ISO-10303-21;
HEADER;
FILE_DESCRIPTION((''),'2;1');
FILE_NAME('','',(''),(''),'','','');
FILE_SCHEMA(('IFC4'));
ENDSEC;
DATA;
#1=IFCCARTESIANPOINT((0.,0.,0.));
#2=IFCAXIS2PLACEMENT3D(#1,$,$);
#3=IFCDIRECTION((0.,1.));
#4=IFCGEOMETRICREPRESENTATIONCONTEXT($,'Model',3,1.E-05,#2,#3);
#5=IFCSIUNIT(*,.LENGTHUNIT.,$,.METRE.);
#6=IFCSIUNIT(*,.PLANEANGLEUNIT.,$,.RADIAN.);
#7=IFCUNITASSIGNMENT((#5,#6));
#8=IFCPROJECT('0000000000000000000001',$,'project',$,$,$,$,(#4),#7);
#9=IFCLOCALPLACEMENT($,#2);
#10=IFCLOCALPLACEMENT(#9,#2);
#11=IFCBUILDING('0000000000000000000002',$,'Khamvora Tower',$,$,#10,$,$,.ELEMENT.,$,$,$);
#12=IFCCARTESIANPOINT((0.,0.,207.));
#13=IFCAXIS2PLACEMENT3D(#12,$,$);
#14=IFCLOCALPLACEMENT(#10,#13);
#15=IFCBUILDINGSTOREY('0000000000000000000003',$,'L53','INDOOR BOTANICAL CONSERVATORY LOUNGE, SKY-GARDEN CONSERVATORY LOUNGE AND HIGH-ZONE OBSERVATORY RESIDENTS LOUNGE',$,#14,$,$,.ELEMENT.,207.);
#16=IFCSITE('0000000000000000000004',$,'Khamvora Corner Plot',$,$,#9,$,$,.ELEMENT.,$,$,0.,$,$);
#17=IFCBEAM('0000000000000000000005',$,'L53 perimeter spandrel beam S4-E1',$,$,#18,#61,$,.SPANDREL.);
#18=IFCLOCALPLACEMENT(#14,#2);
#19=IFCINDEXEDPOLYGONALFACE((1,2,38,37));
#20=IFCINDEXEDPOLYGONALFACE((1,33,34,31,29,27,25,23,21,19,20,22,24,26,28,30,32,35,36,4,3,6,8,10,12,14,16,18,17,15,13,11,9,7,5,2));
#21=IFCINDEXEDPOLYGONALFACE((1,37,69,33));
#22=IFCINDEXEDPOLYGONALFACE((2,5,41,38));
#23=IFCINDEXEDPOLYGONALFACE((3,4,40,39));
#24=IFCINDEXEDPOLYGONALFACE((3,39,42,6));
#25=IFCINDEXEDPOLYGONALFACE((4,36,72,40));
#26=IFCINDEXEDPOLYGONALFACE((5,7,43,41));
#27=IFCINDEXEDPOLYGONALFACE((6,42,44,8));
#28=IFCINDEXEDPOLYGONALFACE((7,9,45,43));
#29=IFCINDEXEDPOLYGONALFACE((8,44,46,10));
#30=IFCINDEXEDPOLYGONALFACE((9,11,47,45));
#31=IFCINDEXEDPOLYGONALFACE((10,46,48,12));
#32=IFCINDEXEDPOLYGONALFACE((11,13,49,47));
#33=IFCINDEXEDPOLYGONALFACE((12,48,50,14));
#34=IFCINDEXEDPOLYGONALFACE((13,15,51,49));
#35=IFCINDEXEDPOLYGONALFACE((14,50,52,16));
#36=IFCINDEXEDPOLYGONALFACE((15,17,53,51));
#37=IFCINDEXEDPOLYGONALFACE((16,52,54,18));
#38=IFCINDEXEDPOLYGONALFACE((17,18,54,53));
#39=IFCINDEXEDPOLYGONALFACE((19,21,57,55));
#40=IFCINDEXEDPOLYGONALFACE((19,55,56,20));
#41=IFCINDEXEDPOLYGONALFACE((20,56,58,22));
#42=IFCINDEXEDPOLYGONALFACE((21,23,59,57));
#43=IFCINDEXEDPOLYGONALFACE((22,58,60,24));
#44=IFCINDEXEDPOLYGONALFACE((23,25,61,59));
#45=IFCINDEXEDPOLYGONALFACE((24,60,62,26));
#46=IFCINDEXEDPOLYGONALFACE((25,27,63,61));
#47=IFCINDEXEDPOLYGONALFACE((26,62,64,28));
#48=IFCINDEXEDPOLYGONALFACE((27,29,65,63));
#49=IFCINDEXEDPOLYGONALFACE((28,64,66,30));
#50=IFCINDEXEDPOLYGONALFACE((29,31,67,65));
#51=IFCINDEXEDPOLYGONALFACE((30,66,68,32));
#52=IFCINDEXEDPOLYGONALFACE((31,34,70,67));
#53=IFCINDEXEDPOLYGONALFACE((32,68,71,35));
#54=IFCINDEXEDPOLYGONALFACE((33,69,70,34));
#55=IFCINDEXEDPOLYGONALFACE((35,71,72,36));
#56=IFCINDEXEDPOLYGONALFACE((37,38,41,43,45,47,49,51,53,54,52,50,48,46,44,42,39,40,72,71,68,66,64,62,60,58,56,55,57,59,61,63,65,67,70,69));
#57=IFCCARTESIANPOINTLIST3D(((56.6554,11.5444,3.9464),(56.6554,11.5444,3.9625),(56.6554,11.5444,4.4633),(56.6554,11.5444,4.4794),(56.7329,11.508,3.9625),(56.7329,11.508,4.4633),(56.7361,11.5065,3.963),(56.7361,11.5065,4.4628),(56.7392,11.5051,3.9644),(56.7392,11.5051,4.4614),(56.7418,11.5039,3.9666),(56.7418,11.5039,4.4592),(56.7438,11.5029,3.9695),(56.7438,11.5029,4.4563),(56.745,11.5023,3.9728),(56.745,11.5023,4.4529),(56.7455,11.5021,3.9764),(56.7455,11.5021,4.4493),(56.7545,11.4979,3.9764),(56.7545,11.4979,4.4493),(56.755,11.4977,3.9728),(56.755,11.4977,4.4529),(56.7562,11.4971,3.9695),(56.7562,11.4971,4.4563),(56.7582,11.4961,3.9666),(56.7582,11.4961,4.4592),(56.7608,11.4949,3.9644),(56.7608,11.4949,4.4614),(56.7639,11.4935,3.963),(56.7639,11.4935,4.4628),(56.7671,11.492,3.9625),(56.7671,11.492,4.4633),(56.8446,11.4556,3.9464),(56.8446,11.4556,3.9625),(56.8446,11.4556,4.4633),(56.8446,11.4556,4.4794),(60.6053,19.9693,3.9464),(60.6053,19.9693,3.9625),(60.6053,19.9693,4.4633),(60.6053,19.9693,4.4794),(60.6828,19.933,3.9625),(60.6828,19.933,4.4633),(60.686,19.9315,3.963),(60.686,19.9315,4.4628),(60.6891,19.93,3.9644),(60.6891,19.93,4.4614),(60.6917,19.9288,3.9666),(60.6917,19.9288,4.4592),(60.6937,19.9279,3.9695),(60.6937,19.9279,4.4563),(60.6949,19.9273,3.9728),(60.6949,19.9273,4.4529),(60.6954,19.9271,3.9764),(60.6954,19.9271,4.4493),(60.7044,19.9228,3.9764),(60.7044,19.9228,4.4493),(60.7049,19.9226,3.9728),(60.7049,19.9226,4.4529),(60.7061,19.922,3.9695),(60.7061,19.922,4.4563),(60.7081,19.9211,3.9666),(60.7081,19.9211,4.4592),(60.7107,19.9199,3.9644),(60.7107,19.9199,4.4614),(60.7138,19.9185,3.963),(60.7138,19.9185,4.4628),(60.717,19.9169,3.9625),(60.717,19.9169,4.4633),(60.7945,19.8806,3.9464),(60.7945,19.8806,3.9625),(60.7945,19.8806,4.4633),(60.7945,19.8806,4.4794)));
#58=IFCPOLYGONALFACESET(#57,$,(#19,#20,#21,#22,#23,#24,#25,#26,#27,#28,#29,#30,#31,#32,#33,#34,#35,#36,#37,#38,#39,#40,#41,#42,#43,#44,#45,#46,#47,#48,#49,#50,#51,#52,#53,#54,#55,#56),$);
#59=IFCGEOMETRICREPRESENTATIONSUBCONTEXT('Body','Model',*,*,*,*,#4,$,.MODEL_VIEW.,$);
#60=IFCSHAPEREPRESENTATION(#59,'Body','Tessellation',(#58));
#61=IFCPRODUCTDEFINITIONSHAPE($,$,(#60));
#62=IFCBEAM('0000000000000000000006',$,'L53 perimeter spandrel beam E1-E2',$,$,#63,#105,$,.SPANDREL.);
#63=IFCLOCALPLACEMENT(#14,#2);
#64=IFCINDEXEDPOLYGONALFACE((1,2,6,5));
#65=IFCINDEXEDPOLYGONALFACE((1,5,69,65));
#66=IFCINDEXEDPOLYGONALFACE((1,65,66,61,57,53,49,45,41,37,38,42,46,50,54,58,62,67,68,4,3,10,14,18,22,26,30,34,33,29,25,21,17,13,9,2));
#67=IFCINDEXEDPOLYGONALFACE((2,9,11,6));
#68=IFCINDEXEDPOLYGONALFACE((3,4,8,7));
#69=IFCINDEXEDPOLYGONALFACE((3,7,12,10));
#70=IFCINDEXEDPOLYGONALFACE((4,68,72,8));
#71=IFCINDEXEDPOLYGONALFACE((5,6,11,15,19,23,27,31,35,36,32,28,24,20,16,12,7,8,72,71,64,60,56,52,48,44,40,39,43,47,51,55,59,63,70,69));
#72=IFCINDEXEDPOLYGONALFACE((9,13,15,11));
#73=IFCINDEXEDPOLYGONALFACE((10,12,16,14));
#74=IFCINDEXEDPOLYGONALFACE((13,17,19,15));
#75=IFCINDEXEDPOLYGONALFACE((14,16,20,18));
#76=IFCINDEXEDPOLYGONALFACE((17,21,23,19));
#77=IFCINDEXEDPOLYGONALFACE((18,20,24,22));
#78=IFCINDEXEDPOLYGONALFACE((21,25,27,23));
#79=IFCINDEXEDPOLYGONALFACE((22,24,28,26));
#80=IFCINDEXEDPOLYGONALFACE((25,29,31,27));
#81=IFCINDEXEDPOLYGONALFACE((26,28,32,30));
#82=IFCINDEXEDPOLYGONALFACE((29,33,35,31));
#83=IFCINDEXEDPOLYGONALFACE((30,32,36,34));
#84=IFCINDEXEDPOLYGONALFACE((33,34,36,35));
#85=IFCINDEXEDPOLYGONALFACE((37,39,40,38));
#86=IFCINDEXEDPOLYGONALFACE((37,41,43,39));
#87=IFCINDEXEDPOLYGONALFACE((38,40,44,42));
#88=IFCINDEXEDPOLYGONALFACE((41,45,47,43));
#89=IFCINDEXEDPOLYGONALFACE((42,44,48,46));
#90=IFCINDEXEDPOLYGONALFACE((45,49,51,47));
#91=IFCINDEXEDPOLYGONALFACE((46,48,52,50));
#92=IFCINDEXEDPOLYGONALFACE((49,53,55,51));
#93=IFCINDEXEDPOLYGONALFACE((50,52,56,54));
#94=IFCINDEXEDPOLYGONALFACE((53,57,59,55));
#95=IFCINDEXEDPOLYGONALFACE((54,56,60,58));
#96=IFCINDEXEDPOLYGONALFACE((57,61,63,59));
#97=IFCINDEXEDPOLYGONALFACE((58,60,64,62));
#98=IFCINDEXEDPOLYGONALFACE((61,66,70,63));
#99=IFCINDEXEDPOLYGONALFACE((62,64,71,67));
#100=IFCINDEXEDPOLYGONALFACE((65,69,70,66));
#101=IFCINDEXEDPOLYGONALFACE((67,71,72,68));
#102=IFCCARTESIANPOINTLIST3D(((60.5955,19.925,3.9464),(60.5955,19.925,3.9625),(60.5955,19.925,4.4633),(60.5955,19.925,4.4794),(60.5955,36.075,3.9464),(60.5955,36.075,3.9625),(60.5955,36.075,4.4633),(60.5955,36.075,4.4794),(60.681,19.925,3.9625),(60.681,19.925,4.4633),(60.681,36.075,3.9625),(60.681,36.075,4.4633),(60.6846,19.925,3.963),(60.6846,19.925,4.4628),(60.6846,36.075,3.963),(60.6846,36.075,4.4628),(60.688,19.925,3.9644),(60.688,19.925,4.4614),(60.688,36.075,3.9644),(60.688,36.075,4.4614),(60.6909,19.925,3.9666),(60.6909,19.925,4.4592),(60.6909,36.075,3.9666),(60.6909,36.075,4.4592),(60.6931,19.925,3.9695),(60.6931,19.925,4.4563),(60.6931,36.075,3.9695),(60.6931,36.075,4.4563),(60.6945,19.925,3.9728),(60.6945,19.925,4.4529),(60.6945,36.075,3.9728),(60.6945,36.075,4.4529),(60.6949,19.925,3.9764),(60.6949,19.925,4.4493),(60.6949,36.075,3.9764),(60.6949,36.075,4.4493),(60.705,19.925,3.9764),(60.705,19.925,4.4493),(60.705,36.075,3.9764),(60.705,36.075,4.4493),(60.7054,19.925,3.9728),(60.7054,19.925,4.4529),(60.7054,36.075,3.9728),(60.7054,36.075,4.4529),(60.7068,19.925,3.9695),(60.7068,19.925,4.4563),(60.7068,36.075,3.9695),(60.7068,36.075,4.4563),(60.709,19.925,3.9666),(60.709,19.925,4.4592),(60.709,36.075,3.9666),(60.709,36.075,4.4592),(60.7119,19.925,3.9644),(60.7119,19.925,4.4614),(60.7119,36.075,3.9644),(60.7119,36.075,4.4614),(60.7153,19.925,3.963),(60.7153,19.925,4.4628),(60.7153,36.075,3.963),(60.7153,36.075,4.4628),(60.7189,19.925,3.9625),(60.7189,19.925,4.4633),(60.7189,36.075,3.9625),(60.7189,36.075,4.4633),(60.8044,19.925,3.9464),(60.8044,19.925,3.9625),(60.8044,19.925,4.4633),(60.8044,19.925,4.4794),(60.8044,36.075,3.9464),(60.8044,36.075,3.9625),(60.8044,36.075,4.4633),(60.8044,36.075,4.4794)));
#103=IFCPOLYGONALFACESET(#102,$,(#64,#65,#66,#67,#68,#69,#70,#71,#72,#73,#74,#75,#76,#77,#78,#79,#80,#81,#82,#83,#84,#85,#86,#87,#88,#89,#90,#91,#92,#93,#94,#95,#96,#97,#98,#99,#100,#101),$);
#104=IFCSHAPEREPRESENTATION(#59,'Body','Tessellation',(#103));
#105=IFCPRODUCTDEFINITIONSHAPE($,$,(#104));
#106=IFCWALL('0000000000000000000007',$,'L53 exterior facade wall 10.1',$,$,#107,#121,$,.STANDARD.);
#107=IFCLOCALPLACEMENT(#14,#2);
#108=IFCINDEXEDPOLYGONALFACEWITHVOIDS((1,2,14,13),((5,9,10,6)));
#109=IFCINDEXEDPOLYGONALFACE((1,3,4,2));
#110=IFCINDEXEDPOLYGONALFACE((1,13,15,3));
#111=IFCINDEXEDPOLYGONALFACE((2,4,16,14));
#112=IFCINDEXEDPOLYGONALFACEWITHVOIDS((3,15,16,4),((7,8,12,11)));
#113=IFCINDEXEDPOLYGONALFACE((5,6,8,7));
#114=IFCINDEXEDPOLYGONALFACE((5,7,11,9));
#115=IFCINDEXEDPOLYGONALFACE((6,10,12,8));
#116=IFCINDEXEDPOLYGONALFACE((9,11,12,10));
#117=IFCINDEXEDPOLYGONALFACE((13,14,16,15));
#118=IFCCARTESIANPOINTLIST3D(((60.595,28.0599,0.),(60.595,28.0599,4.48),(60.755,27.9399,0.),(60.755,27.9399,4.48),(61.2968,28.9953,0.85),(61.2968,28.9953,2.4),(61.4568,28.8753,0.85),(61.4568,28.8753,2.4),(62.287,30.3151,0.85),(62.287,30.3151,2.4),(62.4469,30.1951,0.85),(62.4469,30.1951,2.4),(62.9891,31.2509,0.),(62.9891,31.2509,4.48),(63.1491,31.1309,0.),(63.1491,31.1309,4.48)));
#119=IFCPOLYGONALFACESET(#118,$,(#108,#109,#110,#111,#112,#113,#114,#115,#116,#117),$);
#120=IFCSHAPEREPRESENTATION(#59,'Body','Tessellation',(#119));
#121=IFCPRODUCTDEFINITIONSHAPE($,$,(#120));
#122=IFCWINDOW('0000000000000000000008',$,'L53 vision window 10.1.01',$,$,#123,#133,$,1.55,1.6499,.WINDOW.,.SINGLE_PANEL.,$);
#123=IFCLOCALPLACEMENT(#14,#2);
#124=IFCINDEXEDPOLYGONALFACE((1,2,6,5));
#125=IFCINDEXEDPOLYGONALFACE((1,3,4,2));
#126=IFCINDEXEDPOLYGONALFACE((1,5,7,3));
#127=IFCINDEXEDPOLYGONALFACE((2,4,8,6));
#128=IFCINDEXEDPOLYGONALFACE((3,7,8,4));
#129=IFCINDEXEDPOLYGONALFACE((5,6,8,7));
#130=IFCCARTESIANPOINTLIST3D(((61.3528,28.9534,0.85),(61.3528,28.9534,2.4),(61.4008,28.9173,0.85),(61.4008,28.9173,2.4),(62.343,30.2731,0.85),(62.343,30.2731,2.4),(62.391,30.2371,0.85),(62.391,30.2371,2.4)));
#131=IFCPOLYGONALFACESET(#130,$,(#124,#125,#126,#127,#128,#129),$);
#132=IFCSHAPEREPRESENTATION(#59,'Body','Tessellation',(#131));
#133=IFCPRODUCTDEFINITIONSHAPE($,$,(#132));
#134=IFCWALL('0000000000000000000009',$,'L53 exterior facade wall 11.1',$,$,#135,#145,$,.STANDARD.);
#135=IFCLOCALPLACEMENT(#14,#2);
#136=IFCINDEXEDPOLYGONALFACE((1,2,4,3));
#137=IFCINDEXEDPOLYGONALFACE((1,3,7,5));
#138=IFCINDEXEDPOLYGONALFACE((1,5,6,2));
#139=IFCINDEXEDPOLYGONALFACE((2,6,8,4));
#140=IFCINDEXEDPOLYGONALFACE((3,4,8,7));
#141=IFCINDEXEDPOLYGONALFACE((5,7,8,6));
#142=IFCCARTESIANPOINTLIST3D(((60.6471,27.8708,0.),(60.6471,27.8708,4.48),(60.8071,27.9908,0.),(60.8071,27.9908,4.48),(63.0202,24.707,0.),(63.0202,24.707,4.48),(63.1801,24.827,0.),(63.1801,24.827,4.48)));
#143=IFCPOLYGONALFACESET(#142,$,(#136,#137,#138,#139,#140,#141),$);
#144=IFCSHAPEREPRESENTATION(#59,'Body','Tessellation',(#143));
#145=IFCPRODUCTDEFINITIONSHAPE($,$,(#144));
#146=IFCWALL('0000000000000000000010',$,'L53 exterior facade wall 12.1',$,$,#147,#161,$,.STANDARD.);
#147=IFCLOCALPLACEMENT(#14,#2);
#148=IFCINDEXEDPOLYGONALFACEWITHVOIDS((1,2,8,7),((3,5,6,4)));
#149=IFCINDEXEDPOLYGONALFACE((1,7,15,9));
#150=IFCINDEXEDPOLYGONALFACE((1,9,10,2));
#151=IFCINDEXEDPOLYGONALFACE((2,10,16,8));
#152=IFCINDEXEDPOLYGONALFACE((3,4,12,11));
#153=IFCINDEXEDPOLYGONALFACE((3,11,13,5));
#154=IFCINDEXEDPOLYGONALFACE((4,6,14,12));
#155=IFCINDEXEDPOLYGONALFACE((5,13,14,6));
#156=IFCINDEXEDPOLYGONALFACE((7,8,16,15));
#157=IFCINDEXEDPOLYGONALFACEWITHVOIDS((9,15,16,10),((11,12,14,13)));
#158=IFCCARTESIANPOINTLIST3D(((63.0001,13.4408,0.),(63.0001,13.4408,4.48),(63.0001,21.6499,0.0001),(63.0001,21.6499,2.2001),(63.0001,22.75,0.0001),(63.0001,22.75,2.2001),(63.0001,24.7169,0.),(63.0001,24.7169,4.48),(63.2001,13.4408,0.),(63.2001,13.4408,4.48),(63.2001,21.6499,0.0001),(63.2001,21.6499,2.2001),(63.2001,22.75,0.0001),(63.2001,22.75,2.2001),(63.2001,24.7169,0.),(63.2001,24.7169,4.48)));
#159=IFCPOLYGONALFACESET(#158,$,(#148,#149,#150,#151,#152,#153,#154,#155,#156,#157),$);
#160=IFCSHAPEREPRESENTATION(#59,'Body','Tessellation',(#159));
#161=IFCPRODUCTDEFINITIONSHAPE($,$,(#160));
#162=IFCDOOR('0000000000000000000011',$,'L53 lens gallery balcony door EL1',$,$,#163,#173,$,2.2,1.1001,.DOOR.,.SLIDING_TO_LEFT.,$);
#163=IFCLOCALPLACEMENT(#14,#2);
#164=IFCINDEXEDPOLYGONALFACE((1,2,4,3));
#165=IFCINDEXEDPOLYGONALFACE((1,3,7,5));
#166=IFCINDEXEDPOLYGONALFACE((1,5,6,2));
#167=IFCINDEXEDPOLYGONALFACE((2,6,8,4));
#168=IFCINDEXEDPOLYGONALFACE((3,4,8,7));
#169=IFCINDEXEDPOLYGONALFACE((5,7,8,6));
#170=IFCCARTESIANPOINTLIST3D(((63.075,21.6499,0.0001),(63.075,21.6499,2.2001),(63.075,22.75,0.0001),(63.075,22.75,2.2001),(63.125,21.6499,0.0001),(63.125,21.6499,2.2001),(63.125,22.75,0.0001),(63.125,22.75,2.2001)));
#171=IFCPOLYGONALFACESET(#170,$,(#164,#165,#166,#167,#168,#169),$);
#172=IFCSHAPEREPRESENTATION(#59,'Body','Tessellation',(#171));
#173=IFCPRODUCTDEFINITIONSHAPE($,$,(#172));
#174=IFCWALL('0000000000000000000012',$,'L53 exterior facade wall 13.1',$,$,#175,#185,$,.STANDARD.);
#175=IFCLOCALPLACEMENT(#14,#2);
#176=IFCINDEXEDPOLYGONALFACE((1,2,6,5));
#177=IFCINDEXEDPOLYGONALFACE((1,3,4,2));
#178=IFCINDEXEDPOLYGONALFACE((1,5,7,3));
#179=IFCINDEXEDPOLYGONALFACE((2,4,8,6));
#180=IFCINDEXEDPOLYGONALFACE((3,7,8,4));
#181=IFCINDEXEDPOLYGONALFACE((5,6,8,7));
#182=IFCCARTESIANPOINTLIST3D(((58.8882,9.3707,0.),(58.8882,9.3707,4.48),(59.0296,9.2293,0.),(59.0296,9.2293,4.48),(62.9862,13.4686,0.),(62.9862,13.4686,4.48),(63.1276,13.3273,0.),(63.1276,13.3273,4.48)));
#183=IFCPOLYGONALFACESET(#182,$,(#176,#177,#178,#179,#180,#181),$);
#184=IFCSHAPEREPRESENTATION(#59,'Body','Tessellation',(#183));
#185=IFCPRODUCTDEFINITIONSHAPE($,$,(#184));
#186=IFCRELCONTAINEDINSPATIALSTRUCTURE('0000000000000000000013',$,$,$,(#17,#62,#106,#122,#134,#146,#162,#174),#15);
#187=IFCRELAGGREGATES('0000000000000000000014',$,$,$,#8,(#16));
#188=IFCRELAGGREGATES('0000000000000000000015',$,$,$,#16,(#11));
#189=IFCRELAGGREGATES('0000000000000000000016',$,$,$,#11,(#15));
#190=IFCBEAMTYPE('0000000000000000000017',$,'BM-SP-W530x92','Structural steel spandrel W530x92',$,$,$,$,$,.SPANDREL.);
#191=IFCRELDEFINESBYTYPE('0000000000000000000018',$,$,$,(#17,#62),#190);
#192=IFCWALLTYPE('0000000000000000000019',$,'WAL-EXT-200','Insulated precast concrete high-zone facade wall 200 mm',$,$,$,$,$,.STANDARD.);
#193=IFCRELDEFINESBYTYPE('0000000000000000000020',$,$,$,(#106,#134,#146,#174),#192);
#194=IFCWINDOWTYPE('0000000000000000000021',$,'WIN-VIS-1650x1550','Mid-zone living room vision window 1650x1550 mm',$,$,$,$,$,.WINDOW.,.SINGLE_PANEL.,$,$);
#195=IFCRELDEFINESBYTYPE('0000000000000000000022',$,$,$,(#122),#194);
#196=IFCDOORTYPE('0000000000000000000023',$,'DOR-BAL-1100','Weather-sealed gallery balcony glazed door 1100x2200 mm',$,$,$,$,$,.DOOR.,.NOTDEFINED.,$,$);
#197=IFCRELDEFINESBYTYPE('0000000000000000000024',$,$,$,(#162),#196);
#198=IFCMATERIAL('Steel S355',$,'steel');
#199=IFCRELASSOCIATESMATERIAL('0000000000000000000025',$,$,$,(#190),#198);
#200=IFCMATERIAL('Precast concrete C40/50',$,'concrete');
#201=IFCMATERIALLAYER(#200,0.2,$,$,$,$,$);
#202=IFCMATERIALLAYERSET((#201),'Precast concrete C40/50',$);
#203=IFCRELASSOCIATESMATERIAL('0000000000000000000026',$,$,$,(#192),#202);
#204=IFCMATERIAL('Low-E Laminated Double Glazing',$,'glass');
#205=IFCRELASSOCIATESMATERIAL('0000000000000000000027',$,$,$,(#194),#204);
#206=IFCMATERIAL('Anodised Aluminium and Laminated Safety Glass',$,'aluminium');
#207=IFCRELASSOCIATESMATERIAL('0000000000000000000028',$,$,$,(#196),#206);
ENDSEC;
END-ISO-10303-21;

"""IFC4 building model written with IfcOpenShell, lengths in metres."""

from ifc_helpers import new_model, si_unit, direction, frame, frame_2d, origin, origin_2d, place, context, subcontext, project, spatial, rectangle, i_section, extrude, material, layer, layer_set, material_profile, profile_set, type_object, element, fill, save


model = new_model("IFC4")

# Units and contexts
model_context = context("Model", 3, precision=1e-05, world=origin(), true_north=direction((0.0, 1.0)))
body_context = subcontext(model_context, "Body", "Model", "MODEL_VIEW")
ifc_project = project(units=[si_unit("LENGTHUNIT", "METRE"), si_unit("PLANEANGLEUNIT", "RADIAN")], contexts=[model_context])

# Site, building, storey
site_placement = place(None, origin())
site = spatial("IfcSite", under=ifc_project, at=site_placement, Name="Khamvora Corner Plot", CompositionType="ELEMENT", RefElevation=0.0)
building_placement = place(site_placement, origin())
building = spatial("IfcBuilding", under=site, at=building_placement, Name="Khamvora Tower", CompositionType="ELEMENT")
storey_placement = place(building_placement, frame((0.0, 0.0, 207.0)))
storey = spatial("IfcBuildingStorey", under=building, at=storey_placement, Name="L53", Description="INDOOR BOTANICAL CONSERVATORY LOUNGE, SKY-GARDEN CONSERVATORY LOUNGE AND HIGH-ZONE OBSERVATORY RESIDENTS LOUNGE", CompositionType="ELEMENT", Elevation=207.0)

# Shared definitions
ifc_material_1 = material(Name="Steel S355", Category="steel")

# Beams
ifc_material_profile_1 = material_profile(ifc_material_1, i_section(OverallWidth=0.209, OverallDepth=0.533, WebThickness=0.01, FlangeThickness=0.0161, FilletRadius=0.0139, at=origin_2d()), Name="W530x92")
ifc_profile_set_1 = profile_set([ifc_material_profile_1], Name="Steel S355")
beam_type_1 = type_object("IfcBeamType", Name="BM-SP-W530x92", Description="Structural steel spandrel W530x92", PredefinedType="SPANDREL", material=ifc_profile_set_1)
beam_1_placement = place(storey_placement, frame((56.75, 11.5, 4.2129), z_axis=(0.424496, 0.90543, 0.0), x_axis=(-0.90543, 0.424496, 0.0)))
element("IfcBeam", 1, at=beam_1_placement, inside=storey, type_object=beam_type_1, Name="L53 perimeter spandrel beam S4-E1", PredefinedType="SPANDREL", context=body_context, shape_type="SweptSolid", body=[
    extrude(i_section(OverallWidth=0.209, OverallDepth=0.533, WebThickness=0.01, FlangeThickness=0.0161, FilletRadius=0.0139, at=origin_2d()), origin(), (0.0, 0.0, 1.0), 9.3049),
])
beam_2_placement = place(storey_placement, frame((60.7, 19.925, 4.2129), z_axis=(0.0, 1.0, 0.0), x_axis=(-1.0, 0.0, 0.0)))
element("IfcBeam", 2, at=beam_2_placement, inside=storey, type_object=beam_type_1, Name="L53 perimeter spandrel beam E1-E2", PredefinedType="SPANDREL", context=body_context, shape_type="SweptSolid", body=[
    extrude(i_section(OverallWidth=0.209, OverallDepth=0.533, WebThickness=0.01, FlangeThickness=0.0161, FilletRadius=0.0139, at=origin_2d()), origin(), (0.0, 0.0, 1.0), 16.1499),
])

# Wall, opening, window
ifc_material_2 = material(Name="Precast concrete C40/50", Category="concrete")
ifc_layer = layer(ifc_material_2, 0.2)
ifc_layer_set = layer_set([ifc_layer], Name="Precast concrete C40/50")
wall_type = type_object("IfcWallType", Name="WAL-EXT-200", Description="Insulated precast concrete high-zone facade wall 200 mm", PredefinedType="STANDARD", material=ifc_layer_set)
wall_1_placement = place(storey_placement, frame((63.0691, 31.1909, 0.0), z_axis=(0.0, 0.0, 1.0), x_axis=(-0.600137, -0.799897, 0.0)))
wall_1 = element("IfcWall", 3, at=wall_1_placement, inside=storey, type_object=wall_type, Name="L53 exterior facade wall 10.1", PredefinedType="STANDARD", context=body_context, shape_type="SweptSolid", body=[
    extrude(rectangle(XDim=3.9893, YDim=0.2, at=frame_2d((1.9946, 0.0))), origin(), (0.0, 0.0, 1.0), 4.48),
])
opening_1_placement = place(wall_1_placement, frame((1.1699, 0.0, 0.8501)))
opening_1 = element("IfcOpeningElement", 4, at=opening_1_placement, cuts=wall_1, PredefinedType="OPENING", context=body_context, shape_type="SweptSolid", body=[
    extrude(rectangle(XDim=1.6499, YDim=1.55, at=frame_2d((0.825, 0.7749))), frame((0.0, 0.1099, 0.0), z_axis=(0.0, -1.0, 0.0), x_axis=(1.0, 0.0, 0.0)), (0.0, 0.0, 1.0), 0.22),
])
ifc_material_3 = material(Name="Low-E Laminated Double Glazing", Category="glass")
window_type_1 = type_object("IfcWindowType", Name="WIN-VIS-1650x1550", Description="Mid-zone living room vision window 1650x1550 mm", PartitioningType="SINGLE_PANEL", PredefinedType="WINDOW", material=ifc_material_3)
window_1_placement = place(opening_1_placement, origin())
window_1 = element("IfcWindow", 5, at=window_1_placement, inside=storey, type_object=window_type_1, Name="L53 vision window 10.1.01", OverallHeight=1.55, OverallWidth=1.6499, PartitioningType="SINGLE_PANEL", PredefinedType="WINDOW", context=body_context, shape_type="SweptSolid", body=[
    extrude(rectangle(XDim=1.6499, YDim=1.55, at=frame_2d((0.825, 0.7749))), frame((0.0, 0.03, 0.0), z_axis=(0.0, -1.0, 0.0), x_axis=(1.0, 0.0, 0.0)), (0.0, 0.0, 1.0), 0.0601),
])
fill(opening_1, window_1)

# Wall
wall_2_placement = place(storey_placement, frame((60.7271, 27.9309, 0.0), z_axis=(0.0, 0.0, 1.0), x_axis=(0.60003, -0.799978, 0.0)))
element("IfcWall", 6, at=wall_2_placement, inside=storey, type_object=wall_type, Name="L53 exterior facade wall 11.1", PredefinedType="STANDARD", context=body_context, shape_type="SweptSolid", body=[
    extrude(rectangle(XDim=3.9548, YDim=0.2, at=frame_2d((1.9775, 0.0))), origin(), (0.0, 0.0, 1.0), 4.48),
])

# Wall, opening, door
wall_3_placement = place(storey_placement, frame((63.1001, 24.717, 0.0), z_axis=(0.0, 0.0, 1.0), x_axis=(0.0, -1.0, 0.0)))
wall_3 = element("IfcWall", 7, at=wall_3_placement, inside=storey, type_object=wall_type, Name="L53 exterior facade wall 12.1", PredefinedType="STANDARD", context=body_context, shape_type="SweptSolid", body=[
    extrude(rectangle(XDim=11.2761, YDim=0.2, at=frame_2d((5.6382, 0.0))), origin(), (0.0, 0.0, 1.0), 4.48),
])
opening_2_placement = place(wall_3_placement, frame((1.967, 0.0, 0.0)))
opening_2 = element("IfcOpeningElement", 8, at=opening_2_placement, cuts=wall_3, PredefinedType="OPENING", context=body_context, shape_type="SweptSolid", body=[
    extrude(rectangle(XDim=1.1001, YDim=2.2, at=frame_2d((0.55, 1.1001))), frame((0.0, 0.1099, 0.0), z_axis=(0.0, -1.0, 0.0), x_axis=(1.0, 0.0, 0.0)), (0.0, 0.0, 1.0), 0.22),
])
ifc_material_4 = material(Name="Anodised Aluminium and Laminated Safety Glass", Category="aluminium")
door_type = type_object("IfcDoorType", Name="DOR-BAL-1100", Description="Weather-sealed gallery balcony glazed door 1100x2200 mm", OperationType="NOTDEFINED", PredefinedType="DOOR", material=ifc_material_4)
door_placement = place(opening_2_placement, origin())
door = element("IfcDoor", 9, at=door_placement, inside=storey, type_object=door_type, Name="L53 lens gallery balcony door EL1", OperationType="SLIDING_TO_LEFT", OverallHeight=2.2, OverallWidth=1.1001, PredefinedType="DOOR", context=body_context, shape_type="SweptSolid", body=[
    extrude(rectangle(XDim=1.1001, YDim=2.2, at=frame_2d((0.55, 1.1001))), frame((0.0, 0.0249, 0.0), z_axis=(0.0, -1.0, 0.0), x_axis=(1.0, 0.0, 0.0)), (0.0, 0.0, 1.0), 0.05),
])
fill(opening_2, door)

# Wall
wall_4_placement = place(storey_placement, frame((63.0569, 13.3979, 0.0), z_axis=(0.0, 0.0, 1.0), x_axis=(-0.707107, -0.707107, 0.0)))
element("IfcWall", 10, at=wall_4_placement, inside=storey, type_object=wall_type, Name="L53 exterior facade wall 13.1", PredefinedType="STANDARD", context=body_context, shape_type="SweptSolid", body=[
    extrude(rectangle(XDim=5.7954, YDim=0.2, at=frame_2d((2.8977, 0.0))), origin(), (0.0, 0.0, 1.0), 4.48),
])

save(model, "model.ifc")
